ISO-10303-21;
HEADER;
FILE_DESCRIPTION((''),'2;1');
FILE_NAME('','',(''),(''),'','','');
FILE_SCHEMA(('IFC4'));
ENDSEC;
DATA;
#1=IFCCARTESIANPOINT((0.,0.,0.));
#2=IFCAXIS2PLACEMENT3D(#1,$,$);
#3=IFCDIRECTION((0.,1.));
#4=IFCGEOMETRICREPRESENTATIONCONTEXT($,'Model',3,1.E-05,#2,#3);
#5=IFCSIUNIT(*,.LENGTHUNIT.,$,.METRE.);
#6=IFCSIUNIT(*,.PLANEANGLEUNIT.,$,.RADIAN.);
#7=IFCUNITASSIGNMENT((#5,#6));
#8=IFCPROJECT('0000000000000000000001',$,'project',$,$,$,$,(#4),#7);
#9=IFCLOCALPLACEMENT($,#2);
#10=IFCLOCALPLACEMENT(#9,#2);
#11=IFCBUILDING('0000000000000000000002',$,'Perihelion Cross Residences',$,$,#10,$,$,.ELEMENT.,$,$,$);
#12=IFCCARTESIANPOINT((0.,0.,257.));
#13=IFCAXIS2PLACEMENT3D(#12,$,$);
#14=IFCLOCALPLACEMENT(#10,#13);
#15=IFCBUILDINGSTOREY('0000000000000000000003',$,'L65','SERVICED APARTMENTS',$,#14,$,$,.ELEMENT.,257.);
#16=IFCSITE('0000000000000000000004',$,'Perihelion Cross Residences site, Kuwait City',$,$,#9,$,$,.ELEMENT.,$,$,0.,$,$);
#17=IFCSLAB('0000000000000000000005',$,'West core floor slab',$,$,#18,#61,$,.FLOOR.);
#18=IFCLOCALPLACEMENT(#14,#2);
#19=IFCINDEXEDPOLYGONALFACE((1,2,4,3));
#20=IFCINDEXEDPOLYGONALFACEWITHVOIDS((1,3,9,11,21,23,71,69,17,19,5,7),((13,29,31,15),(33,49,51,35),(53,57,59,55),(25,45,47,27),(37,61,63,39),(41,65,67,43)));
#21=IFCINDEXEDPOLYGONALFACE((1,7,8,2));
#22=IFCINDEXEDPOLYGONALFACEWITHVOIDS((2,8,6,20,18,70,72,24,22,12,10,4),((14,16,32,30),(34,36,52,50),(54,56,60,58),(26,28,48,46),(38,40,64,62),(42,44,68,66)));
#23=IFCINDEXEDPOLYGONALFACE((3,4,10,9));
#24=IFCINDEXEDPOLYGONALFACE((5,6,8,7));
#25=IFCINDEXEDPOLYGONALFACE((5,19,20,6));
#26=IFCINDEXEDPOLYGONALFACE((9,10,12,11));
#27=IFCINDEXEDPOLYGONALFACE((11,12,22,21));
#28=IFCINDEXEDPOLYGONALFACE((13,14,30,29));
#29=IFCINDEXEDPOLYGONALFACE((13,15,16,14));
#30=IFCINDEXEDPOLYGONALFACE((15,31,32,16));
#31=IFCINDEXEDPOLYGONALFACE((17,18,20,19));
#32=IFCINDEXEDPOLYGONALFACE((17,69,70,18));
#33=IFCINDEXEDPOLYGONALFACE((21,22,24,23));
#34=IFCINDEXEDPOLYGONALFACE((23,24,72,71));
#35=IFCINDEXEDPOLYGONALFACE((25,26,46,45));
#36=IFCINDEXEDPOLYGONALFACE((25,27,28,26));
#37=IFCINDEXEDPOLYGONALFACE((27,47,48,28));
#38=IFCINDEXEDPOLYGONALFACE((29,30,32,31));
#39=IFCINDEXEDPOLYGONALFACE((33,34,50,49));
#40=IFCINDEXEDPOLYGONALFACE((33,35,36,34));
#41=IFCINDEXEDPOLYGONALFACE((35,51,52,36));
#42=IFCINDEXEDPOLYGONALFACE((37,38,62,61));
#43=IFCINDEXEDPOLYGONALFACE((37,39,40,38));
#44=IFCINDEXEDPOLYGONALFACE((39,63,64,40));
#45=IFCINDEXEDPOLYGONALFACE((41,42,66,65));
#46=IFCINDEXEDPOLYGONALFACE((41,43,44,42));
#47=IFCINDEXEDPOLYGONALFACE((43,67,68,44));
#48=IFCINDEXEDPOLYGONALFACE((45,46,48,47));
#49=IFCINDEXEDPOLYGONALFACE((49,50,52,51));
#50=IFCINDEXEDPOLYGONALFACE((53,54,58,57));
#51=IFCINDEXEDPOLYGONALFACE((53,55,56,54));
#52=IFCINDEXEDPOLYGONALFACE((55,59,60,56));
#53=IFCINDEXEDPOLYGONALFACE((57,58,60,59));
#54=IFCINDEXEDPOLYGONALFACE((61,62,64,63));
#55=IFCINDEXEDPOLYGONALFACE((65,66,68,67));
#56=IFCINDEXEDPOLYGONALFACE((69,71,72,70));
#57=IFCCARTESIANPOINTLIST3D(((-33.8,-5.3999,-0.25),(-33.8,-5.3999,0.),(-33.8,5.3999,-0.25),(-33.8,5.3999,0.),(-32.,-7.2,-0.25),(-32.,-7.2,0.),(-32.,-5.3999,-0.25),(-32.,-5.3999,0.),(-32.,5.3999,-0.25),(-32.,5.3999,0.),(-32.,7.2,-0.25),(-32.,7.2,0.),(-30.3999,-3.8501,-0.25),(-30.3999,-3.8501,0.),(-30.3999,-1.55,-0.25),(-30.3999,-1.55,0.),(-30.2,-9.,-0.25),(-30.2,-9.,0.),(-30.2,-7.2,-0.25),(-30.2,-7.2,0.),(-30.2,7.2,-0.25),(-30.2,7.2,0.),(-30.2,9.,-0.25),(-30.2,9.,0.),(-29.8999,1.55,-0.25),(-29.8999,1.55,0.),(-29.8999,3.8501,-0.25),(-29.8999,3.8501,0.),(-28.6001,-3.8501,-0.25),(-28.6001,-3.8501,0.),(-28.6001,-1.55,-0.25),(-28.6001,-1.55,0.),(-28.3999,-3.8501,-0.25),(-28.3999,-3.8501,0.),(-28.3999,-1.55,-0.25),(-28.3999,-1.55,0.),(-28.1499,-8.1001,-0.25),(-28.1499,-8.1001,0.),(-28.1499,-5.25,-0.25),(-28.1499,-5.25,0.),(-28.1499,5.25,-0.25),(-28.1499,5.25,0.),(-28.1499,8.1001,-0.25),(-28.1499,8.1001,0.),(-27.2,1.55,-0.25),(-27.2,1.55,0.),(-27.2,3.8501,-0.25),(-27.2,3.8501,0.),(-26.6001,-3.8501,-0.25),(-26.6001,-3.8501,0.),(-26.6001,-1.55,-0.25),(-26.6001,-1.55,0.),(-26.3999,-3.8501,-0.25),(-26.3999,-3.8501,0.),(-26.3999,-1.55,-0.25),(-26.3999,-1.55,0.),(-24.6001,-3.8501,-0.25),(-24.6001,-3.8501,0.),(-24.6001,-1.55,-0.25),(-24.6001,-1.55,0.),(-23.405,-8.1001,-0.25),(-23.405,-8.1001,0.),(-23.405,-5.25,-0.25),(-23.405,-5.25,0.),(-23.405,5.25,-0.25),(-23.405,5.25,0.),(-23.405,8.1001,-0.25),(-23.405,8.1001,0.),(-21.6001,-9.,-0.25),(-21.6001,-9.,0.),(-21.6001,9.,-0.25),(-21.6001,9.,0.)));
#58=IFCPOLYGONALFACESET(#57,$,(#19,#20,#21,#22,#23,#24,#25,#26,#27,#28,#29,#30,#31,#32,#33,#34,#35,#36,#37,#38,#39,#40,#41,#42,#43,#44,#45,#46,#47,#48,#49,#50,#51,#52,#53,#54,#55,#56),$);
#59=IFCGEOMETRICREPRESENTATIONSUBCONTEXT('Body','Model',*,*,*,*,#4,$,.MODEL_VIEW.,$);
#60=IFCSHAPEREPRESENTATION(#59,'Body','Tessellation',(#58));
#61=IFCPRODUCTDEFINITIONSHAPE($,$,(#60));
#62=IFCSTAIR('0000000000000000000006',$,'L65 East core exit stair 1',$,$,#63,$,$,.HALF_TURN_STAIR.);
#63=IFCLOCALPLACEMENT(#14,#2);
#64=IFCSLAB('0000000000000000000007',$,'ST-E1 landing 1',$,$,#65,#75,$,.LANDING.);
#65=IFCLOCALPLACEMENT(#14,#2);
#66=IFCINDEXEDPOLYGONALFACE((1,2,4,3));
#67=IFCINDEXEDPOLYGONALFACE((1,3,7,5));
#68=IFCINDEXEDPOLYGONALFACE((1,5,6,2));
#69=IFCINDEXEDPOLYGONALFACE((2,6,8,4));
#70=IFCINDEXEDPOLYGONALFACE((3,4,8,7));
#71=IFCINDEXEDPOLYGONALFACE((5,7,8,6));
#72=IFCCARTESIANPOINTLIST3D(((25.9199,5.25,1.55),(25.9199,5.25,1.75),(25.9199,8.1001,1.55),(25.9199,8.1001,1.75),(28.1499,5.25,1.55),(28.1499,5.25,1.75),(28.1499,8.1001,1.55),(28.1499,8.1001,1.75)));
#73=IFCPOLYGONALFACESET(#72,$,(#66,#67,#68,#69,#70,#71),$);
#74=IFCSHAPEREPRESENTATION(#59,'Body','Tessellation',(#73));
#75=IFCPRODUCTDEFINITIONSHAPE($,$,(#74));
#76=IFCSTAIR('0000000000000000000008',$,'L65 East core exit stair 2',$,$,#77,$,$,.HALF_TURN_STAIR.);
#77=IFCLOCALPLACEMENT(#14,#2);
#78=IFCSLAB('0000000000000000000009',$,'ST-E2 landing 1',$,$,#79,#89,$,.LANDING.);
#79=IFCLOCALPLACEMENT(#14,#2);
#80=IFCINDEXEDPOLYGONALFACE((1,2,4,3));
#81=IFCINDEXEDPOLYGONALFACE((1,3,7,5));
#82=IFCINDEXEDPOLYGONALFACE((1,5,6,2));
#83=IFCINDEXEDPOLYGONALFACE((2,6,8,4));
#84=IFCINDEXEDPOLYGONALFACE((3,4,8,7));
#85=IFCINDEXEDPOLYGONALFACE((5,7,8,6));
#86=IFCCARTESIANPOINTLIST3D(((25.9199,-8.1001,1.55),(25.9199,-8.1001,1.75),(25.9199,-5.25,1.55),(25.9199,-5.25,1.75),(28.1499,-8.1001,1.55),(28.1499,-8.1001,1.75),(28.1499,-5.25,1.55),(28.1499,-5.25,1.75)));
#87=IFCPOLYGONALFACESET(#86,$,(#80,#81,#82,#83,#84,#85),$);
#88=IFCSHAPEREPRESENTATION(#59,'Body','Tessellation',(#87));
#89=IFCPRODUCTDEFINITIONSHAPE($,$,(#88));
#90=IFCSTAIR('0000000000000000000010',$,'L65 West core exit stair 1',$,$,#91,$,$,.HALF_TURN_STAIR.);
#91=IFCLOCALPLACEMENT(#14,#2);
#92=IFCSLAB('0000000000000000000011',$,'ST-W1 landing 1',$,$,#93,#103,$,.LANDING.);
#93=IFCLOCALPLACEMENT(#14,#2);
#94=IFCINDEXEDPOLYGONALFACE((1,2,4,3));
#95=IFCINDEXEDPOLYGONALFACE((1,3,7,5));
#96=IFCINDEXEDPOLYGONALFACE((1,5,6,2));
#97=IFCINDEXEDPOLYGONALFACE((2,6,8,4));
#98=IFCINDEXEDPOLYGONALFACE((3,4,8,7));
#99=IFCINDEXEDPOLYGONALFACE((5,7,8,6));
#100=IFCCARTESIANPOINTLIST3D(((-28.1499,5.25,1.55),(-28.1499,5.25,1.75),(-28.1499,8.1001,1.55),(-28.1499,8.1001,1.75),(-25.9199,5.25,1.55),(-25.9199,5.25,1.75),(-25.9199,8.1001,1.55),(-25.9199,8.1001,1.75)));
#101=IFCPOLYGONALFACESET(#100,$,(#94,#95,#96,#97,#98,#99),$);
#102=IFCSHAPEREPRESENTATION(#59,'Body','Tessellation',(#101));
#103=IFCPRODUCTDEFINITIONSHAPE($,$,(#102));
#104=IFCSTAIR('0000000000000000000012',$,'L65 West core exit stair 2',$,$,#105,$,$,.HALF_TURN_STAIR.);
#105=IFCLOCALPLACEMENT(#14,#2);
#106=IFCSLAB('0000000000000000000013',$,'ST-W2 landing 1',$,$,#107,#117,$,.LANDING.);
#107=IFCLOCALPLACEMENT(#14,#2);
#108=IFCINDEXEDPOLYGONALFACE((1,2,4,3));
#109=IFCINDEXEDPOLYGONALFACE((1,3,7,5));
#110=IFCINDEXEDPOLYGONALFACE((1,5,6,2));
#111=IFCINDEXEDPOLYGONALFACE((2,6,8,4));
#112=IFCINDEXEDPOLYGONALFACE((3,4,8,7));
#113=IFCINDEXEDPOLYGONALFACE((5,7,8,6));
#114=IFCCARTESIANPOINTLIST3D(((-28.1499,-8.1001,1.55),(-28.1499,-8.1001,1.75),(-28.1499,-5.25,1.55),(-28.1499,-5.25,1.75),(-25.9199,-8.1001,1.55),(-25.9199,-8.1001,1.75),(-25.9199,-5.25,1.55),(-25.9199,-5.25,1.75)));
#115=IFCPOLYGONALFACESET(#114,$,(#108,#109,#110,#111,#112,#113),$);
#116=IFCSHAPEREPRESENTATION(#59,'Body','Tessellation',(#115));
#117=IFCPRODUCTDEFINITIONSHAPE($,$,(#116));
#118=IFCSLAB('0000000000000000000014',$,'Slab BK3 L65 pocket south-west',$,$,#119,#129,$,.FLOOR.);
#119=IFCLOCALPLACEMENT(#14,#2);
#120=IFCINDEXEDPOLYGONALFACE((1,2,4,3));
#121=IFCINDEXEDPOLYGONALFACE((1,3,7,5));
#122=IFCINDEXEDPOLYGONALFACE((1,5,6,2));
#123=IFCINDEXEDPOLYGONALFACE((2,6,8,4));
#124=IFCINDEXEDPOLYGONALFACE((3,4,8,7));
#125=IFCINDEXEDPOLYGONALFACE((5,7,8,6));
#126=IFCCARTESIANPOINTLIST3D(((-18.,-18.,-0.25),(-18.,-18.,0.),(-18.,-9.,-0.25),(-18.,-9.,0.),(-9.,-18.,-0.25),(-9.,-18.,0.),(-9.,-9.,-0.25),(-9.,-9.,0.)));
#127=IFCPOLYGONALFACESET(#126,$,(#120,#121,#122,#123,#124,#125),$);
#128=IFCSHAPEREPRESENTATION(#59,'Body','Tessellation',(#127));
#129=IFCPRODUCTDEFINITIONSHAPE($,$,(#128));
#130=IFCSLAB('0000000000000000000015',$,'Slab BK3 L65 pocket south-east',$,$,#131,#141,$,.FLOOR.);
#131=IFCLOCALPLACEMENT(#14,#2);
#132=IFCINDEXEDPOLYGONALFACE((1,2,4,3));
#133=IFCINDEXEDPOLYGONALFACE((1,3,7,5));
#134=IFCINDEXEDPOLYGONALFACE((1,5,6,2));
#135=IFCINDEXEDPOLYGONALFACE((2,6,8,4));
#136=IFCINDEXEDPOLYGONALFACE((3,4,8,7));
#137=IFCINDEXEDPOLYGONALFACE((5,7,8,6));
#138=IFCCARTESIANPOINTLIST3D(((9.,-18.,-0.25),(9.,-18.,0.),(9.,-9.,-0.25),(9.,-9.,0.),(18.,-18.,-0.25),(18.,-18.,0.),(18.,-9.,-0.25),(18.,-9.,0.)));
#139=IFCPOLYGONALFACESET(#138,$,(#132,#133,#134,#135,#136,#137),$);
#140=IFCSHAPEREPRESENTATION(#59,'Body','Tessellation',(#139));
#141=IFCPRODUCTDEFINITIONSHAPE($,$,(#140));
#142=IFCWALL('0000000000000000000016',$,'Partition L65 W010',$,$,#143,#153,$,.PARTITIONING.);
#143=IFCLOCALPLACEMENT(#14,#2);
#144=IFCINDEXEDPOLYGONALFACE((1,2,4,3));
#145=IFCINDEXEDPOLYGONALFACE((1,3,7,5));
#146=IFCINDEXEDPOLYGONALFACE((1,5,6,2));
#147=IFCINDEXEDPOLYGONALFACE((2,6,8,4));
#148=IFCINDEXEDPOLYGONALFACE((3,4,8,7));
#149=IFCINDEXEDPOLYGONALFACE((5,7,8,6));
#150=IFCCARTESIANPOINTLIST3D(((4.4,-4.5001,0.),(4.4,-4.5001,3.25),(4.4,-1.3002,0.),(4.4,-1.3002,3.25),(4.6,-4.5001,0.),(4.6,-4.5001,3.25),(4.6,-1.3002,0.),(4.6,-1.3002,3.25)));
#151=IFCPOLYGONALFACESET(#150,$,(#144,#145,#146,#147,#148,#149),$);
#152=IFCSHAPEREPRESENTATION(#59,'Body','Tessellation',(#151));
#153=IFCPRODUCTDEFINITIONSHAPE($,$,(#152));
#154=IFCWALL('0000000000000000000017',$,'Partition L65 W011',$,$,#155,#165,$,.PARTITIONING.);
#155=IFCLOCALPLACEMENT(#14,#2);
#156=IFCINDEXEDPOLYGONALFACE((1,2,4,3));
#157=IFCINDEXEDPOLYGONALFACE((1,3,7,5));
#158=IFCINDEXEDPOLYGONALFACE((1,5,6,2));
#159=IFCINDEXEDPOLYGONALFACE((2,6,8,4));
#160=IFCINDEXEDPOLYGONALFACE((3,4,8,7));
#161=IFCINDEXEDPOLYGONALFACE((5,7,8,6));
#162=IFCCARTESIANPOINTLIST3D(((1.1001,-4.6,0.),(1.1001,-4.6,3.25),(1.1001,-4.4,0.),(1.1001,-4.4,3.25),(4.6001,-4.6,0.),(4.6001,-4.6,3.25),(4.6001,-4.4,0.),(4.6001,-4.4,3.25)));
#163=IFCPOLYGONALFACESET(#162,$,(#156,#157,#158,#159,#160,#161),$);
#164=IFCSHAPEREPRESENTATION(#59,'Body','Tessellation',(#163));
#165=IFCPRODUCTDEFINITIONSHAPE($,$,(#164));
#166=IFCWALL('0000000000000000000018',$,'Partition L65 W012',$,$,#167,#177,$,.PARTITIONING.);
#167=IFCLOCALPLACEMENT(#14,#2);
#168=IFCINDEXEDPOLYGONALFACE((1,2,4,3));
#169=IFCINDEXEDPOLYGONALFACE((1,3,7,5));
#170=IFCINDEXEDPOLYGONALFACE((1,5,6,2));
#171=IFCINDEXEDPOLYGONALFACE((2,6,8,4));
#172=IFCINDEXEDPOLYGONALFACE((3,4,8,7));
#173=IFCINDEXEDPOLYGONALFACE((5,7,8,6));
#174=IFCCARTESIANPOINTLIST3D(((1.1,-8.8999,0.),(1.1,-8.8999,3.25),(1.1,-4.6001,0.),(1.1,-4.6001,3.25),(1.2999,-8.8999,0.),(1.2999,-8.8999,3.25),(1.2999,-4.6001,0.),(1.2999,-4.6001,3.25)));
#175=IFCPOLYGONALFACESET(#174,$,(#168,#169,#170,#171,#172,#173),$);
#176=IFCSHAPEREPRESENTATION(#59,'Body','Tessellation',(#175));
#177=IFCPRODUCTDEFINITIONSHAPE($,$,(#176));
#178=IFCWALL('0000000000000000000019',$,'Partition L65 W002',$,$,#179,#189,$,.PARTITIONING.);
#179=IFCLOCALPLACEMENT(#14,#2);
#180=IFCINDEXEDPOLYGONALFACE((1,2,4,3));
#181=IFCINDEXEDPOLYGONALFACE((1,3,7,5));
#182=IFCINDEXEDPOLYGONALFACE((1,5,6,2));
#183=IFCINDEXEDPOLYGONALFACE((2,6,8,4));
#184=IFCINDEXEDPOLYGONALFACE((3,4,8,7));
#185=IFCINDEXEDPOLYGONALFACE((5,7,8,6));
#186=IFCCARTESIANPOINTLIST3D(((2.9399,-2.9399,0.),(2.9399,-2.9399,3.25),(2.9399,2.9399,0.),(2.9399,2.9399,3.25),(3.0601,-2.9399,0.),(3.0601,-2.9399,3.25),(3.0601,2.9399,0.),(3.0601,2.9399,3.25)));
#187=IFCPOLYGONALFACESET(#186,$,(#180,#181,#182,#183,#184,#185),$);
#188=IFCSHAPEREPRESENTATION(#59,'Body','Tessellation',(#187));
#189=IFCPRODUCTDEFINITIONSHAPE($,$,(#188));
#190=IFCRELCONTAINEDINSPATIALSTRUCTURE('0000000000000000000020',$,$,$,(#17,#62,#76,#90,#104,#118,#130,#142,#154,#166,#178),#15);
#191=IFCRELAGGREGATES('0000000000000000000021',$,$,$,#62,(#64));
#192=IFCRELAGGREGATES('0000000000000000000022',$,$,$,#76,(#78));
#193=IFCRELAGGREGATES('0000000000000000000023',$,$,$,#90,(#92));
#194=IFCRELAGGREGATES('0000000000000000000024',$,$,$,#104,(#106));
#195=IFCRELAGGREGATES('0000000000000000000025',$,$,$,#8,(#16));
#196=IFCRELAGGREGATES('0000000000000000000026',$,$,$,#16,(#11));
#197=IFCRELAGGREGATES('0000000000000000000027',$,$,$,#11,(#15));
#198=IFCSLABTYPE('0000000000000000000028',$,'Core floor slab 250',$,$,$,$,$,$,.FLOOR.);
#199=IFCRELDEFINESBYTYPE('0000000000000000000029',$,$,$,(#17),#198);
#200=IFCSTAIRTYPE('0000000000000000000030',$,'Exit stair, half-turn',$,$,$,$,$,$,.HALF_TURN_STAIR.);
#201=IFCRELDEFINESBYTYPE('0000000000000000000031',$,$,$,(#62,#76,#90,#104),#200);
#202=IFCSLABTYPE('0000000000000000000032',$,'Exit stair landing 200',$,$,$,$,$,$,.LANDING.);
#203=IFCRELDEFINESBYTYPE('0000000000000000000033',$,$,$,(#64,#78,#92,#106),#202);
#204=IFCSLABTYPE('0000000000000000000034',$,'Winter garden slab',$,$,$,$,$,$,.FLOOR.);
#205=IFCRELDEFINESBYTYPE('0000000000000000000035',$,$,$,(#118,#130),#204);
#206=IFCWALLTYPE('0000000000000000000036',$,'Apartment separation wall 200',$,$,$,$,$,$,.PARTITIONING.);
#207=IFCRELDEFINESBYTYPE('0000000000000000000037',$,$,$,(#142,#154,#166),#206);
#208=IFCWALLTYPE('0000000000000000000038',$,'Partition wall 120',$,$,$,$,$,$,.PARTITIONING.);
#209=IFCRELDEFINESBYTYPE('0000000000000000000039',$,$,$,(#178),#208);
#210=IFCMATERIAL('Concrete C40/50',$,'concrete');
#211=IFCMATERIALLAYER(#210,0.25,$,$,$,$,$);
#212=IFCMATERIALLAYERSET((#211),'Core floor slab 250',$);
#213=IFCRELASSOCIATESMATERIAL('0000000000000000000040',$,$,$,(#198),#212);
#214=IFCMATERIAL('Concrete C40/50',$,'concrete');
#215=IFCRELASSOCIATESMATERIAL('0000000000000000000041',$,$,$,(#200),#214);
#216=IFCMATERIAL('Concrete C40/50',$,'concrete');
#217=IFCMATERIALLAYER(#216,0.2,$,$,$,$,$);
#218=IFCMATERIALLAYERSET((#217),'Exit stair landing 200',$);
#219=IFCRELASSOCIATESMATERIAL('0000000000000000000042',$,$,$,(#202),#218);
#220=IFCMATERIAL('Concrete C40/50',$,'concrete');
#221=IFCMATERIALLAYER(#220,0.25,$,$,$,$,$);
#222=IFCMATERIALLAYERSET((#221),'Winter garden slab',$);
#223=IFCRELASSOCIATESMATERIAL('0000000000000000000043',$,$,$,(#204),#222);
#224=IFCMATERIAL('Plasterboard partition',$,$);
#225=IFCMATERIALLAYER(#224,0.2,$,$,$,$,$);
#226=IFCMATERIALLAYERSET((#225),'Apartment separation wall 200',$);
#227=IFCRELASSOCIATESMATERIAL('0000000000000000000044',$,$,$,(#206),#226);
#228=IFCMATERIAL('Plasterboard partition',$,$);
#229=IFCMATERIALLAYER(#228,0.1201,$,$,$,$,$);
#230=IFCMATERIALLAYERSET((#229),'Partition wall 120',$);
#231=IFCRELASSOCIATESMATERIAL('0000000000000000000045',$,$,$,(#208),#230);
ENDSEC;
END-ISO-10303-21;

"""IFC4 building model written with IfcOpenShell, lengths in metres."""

from ifc_helpers import new_model, si_unit, direction, frame, frame_2d, origin, place, context, subcontext, project, spatial, polyline, rectangle, outline, extrude, material, layer, layer_set, type_object, element, aggregate, save


model = new_model("IFC4")

# Units and contexts
model_context = context("Model", 3, precision=1e-05, world=origin(), true_north=direction((0.0, 1.0)))
body_context = subcontext(model_context, "Body", "Model", "MODEL_VIEW")
ifc_project = project(units=[si_unit("LENGTHUNIT", "METRE"), si_unit("PLANEANGLEUNIT", "RADIAN")], contexts=[model_context])

# Site, building, storey
site_placement = place(None, origin())
site = spatial("IfcSite", under=ifc_project, at=site_placement, Name="Perihelion Cross Residences site, Kuwait City", CompositionType="ELEMENT", RefElevation=0.0)
building_placement = place(site_placement, origin())
building = spatial("IfcBuilding", under=site, at=building_placement, Name="Perihelion Cross Residences", CompositionType="ELEMENT")
storey_placement = place(building_placement, frame((0.0, 0.0, 257.0)))
storey = spatial("IfcBuildingStorey", under=building, at=storey_placement, Name="L65", Description="SERVICED APARTMENTS", CompositionType="ELEMENT", Elevation=257.0)

# Slab
ifc_material_1 = material(Name="Concrete C40/50", Category="concrete")
ifc_layer_1 = layer(ifc_material_1, 0.25)
ifc_layer_set_1 = layer_set([ifc_layer_1], Name="Core floor slab 250")
slab_type_1 = type_object("IfcSlabType", Name="Core floor slab 250", PredefinedType="FLOOR", material=ifc_layer_set_1)
slab_1_placement = place(storey_placement, frame((0.0, 0.0, -0.25)))
element("IfcSlab", 1, at=slab_1_placement, inside=storey, type_object=slab_type_1, Name="West core floor slab", PredefinedType="FLOOR", context=body_context, shape_type="SweptSolid", body=[
    extrude(outline(polyline([(-30.2, 7.2), (-32.0, 7.2), (-32.0, 5.3999), (-33.8, 5.3999), (-33.8, -5.3999), (-32.0, -5.3999), (-32.0, -7.2), (-30.2, -7.2), (-30.2, -9.0), (-21.6001, -9.0), (-21.6001, 9.0), (-30.2, 9.0), (-30.2, 7.2)]), holes=[polyline([(-28.1499, -8.1001), (-28.1499, -5.25), (-23.405, -5.25), (-23.405, -8.1001), (-28.1499, -8.1001)]), polyline([(-24.6001, -1.55), (-24.6001, -3.8501), (-26.3999, -3.8501), (-26.3999, -1.55), (-24.6001, -1.55)]), polyline([(-26.6001, -1.55), (-26.6001, -3.8501), (-28.3999, -3.8501), (-28.3999, -1.55), (-26.6001, -1.55)]), polyline([(-28.6001, -3.8501), (-30.3999, -3.8501), (-30.3999, -1.55), (-28.6001, -1.55), (-28.6001, -3.8501)]), polyline([(-27.2, 3.8501), (-27.2, 1.55), (-29.8999, 1.55), (-29.8999, 3.8501), (-27.2, 3.8501)]), polyline([(-23.405, 5.25), (-28.1499, 5.25), (-28.1499, 8.1001), (-23.405, 8.1001), (-23.405, 5.25)])]), origin(), (0.0, 0.0, 1.0), 0.25),
])

# Stairs, slabs
ifc_material_2 = material(Name="Concrete C40/50", Category="concrete")
stair_type = type_object("IfcStairType", Name="Exit stair, half-turn", PredefinedType="HALF_TURN_STAIR", material=ifc_material_2)
stair_1_placement = place(storey_placement, origin())
stair_1 = element("IfcStair", 2, at=stair_1_placement, inside=storey, type_object=stair_type, Name="L65 East core exit stair 1", PredefinedType="HALF_TURN_STAIR")
ifc_material_3 = material(Name="Concrete C40/50", Category="concrete")
ifc_layer_2 = layer(ifc_material_3, 0.2)
ifc_layer_set_2 = layer_set([ifc_layer_2], Name="Exit stair landing 200")
slab_type_2 = type_object("IfcSlabType", Name="Exit stair landing 200", PredefinedType="LANDING", material=ifc_layer_set_2)
slab_2_placement = place(storey_placement, frame((0.0, 0.0, 1.55)))
slab_2 = element("IfcSlab", 3, at=slab_2_placement, type_object=slab_type_2, Name="ST-E1 landing 1", PredefinedType="LANDING", context=body_context, shape_type="SweptSolid", body=[
    extrude(outline(polyline([(25.9199, 5.25), (28.1499, 5.25), (28.1499, 8.1001), (25.9199, 8.1001), (25.9199, 5.25)])), origin(), (0.0, 0.0, 1.0), 0.2),
])
aggregate(stair_1, [slab_2])
stair_2_placement = place(storey_placement, origin())
stair_2 = element("IfcStair", 4, at=stair_2_placement, inside=storey, type_object=stair_type, Name="L65 East core exit stair 2", PredefinedType="HALF_TURN_STAIR")
slab_3_placement = place(storey_placement, frame((0.0, 0.0, 1.55)))
slab_3 = element("IfcSlab", 5, at=slab_3_placement, type_object=slab_type_2, Name="ST-E2 landing 1", PredefinedType="LANDING", context=body_context, shape_type="SweptSolid", body=[
    extrude(outline(polyline([(25.9199, -8.1001), (28.1499, -8.1001), (28.1499, -5.25), (25.9199, -5.25), (25.9199, -8.1001)])), origin(), (0.0, 0.0, 1.0), 0.2),
])
aggregate(stair_2, [slab_3])
stair_3_placement = place(storey_placement, origin())
stair_3 = element("IfcStair", 6, at=stair_3_placement, inside=storey, type_object=stair_type, Name="L65 West core exit stair 1", PredefinedType="HALF_TURN_STAIR")
slab_4_placement = place(storey_placement, frame((0.0, 0.0, 1.55)))
slab_4 = element("IfcSlab", 7, at=slab_4_placement, type_object=slab_type_2, Name="ST-W1 landing 1", PredefinedType="LANDING", context=body_context, shape_type="SweptSolid", body=[
    extrude(outline(polyline([(-25.9199, 8.1001), (-28.1499, 8.1001), (-28.1499, 5.25), (-25.9199, 5.25), (-25.9199, 8.1001)])), origin(), (0.0, 0.0, 1.0), 0.2),
])
aggregate(stair_3, [slab_4])
stair_4_placement = place(storey_placement, origin())
stair_4 = element("IfcStair", 8, at=stair_4_placement, inside=storey, type_object=stair_type, Name="L65 West core exit stair 2", PredefinedType="HALF_TURN_STAIR")
slab_5_placement = place(storey_placement, frame((0.0, 0.0, 1.55)))
slab_5 = element("IfcSlab", 9, at=slab_5_placement, type_object=slab_type_2, Name="ST-W2 landing 1", PredefinedType="LANDING", context=body_context, shape_type="SweptSolid", body=[
    extrude(outline(polyline([(-25.9199, -5.25), (-28.1499, -5.25), (-28.1499, -8.1001), (-25.9199, -8.1001), (-25.9199, -5.25)])), origin(), (0.0, 0.0, 1.0), 0.2),
])
aggregate(stair_4, [slab_5])

# Slabs
ifc_material_4 = material(Name="Concrete C40/50", Category="concrete")
ifc_layer_3 = layer(ifc_material_4, 0.25)
ifc_layer_set_3 = layer_set([ifc_layer_3], Name="Winter garden slab")
slab_type_3 = type_object("IfcSlabType", Name="Winter garden slab", PredefinedType="FLOOR", material=ifc_layer_set_3)
slab_6_placement = place(storey_placement, frame((0.0, 0.0, -0.25)))
element("IfcSlab", 10, at=slab_6_placement, inside=storey, type_object=slab_type_3, Name="Slab BK3 L65 pocket south-west", PredefinedType="FLOOR", context=body_context, shape_type="SweptSolid", body=[
    extrude(outline(polyline([(-9.0, -18.0), (-9.0, -9.0), (-18.0, -9.0), (-18.0, -18.0), (-9.0, -18.0)])), origin(), (0.0, 0.0, 1.0), 0.25),
])
slab_7_placement = place(storey_placement, frame((0.0, 0.0, -0.25)))
element("IfcSlab", 11, at=slab_7_placement, inside=storey, type_object=slab_type_3, Name="Slab BK3 L65 pocket south-east", PredefinedType="FLOOR", context=body_context, shape_type="SweptSolid", body=[
    extrude(outline(polyline([(18.0, -18.0), (18.0, -9.0), (9.0, -9.0), (9.0, -18.0), (18.0, -18.0)])), origin(), (0.0, 0.0, 1.0), 0.25),
])

# Walls
ifc_material_5 = material(Name="Plasterboard partition")
ifc_layer_4 = layer(ifc_material_5, 0.2)
ifc_layer_set_4 = layer_set([ifc_layer_4], Name="Apartment separation wall 200")
wall_type_1 = type_object("IfcWallType", Name="Apartment separation wall 200", PredefinedType="PARTITIONING", material=ifc_layer_set_4)
wall_1_placement = place(storey_placement, frame((4.5, -1.3, 0.0), z_axis=(0.0, 0.0, 1.0), x_axis=(0.0, -1.0, 0.0)))
element("IfcWall", 12, at=wall_1_placement, inside=storey, type_object=wall_type_1, Name="Partition L65 W010", PredefinedType="PARTITIONING", context=body_context, shape_type="SweptSolid", body=[
    extrude(rectangle(XDim=3.2, YDim=0.2, at=frame_2d((1.6001, 0.0))), origin(), (0.0, 0.0, 1.0), 3.25),
])
wall_2_placement = place(storey_placement, frame((4.6001, -4.5, 0.0), z_axis=(0.0, 0.0, 1.0), x_axis=(-1.0, 0.0, 0.0)))
element("IfcWall", 13, at=wall_2_placement, inside=storey, type_object=wall_type_1, Name="Partition L65 W011", PredefinedType="PARTITIONING", context=body_context, shape_type="SweptSolid", body=[
    extrude(rectangle(XDim=3.5, YDim=0.2, at=frame_2d((1.75, 0.0))), origin(), (0.0, 0.0, 1.0), 3.25),
])
wall_3_placement = place(storey_placement, frame((1.2, -4.6001, 0.0), z_axis=(0.0, 0.0, 1.0), x_axis=(0.0, -1.0, 0.0)))
element("IfcWall", 14, at=wall_3_placement, inside=storey, type_object=wall_type_1, Name="Partition L65 W012", PredefinedType="PARTITIONING", context=body_context, shape_type="SweptSolid", body=[
    extrude(rectangle(XDim=4.2998, YDim=0.2, at=frame_2d((2.1499, 0.0))), origin(), (0.0, 0.0, 1.0), 3.25),
])
ifc_material_6 = material(Name="Plasterboard partition")
ifc_layer_5 = layer(ifc_material_6, 0.1201)
ifc_layer_set_5 = layer_set([ifc_layer_5], Name="Partition wall 120")
wall_type_2 = type_object("IfcWallType", Name="Partition wall 120", PredefinedType="PARTITIONING", material=ifc_layer_set_5)
wall_4_placement = place(storey_placement, frame((3.0, -2.9399, 0.0), z_axis=(0.0, 0.0, 1.0), x_axis=(0.0, 1.0, 0.0)))
element("IfcWall", 15, at=wall_4_placement, inside=storey, type_object=wall_type_2, Name="Partition L65 W002", PredefinedType="PARTITIONING", context=body_context, shape_type="SweptSolid", body=[
    extrude(rectangle(XDim=5.8799, YDim=0.1201, at=frame_2d((2.9399, 0.0))), origin(), (0.0, 0.0, 1.0), 3.25),
])

save(model, "model.ifc")
